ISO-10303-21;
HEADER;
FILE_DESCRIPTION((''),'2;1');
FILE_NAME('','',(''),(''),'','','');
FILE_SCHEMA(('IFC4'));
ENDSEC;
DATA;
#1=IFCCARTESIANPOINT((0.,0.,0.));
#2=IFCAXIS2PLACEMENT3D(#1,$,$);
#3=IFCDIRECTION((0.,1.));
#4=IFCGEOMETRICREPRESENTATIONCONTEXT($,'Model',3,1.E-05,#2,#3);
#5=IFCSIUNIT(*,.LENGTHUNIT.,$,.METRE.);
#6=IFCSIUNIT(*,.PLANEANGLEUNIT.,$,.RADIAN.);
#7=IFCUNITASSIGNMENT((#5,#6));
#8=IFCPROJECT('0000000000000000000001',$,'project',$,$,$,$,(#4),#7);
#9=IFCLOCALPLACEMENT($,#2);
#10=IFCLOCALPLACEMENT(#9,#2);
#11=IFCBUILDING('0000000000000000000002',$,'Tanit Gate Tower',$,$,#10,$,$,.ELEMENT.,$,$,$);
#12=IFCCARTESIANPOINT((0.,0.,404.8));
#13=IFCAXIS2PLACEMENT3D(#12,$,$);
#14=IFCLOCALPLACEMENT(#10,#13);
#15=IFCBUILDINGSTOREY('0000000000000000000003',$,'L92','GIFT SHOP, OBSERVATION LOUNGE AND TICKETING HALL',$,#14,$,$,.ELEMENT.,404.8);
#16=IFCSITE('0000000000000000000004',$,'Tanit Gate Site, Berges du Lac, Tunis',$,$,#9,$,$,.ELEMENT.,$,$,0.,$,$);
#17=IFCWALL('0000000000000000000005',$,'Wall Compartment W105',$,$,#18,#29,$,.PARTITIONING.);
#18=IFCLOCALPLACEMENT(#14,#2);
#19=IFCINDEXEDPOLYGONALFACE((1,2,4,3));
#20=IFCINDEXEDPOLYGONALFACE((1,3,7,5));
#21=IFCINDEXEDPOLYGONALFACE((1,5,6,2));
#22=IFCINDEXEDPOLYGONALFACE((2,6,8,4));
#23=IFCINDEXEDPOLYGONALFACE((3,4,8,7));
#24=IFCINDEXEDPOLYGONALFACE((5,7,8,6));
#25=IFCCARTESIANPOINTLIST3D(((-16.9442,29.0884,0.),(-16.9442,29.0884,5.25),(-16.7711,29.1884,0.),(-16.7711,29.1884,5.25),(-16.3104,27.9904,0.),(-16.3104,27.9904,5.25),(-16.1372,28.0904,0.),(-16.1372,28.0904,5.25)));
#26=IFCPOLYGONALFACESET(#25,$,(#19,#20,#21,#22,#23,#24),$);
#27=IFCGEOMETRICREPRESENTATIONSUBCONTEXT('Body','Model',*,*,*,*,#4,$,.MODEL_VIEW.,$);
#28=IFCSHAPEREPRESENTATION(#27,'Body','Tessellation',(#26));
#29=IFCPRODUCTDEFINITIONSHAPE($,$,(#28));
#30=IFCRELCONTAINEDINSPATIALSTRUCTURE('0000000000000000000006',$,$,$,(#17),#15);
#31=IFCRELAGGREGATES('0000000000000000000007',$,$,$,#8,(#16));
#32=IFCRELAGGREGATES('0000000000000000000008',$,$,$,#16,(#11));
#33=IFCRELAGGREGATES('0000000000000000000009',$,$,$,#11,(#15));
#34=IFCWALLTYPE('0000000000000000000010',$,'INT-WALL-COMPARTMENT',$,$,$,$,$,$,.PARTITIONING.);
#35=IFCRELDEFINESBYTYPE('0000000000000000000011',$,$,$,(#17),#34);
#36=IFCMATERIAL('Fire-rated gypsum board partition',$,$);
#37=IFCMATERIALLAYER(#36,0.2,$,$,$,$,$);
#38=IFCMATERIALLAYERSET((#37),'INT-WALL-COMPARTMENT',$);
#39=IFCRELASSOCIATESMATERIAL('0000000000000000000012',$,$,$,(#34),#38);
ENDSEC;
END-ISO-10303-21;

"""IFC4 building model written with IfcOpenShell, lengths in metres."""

from ifc_helpers import new_model, si_unit, direction, frame, frame_2d, origin, place, context, subcontext, project, spatial, rectangle, extrude, material, layer, layer_set, type_object, element, save


model = new_model("IFC4")

# Units and contexts
model_context = context("Model", 3, precision=1e-05, world=origin(), true_north=direction((0.0, 1.0)))
body_context = subcontext(model_context, "Body", "Model", "MODEL_VIEW")
ifc_project = project(units=[si_unit("LENGTHUNIT", "METRE"), si_unit("PLANEANGLEUNIT", "RADIAN")], contexts=[model_context])

# Site, building, storey
site_placement = place(None, origin())
site = spatial("IfcSite", under=ifc_project, at=site_placement, Name="Tanit Gate Site, Berges du Lac, Tunis", CompositionType="ELEMENT", RefElevation=0.0)
building_placement = place(site_placement, origin())
building = spatial("IfcBuilding", under=site, at=building_placement, Name="Tanit Gate Tower", CompositionType="ELEMENT")
storey_placement = place(building_placement, frame((0.0, 0.0, 404.8)))
storey = spatial("IfcBuildingStorey", under=building, at=storey_placement, Name="L92", Description="GIFT SHOP, OBSERVATION LOUNGE AND TICKETING HALL", CompositionType="ELEMENT", Elevation=404.8)

# Shared definitions
ifc_material_1 = material(Name="Fire-rated gypsum board partition")
ifc_layer_1 = layer(ifc_material_1, 0.2)
ifc_layer_set_1 = layer_set([ifc_layer_1], Name="INT-WALL-COMPARTMENT")
wall_type = type_object("IfcWallType", Name="INT-WALL-COMPARTMENT", PredefinedType="PARTITIONING", material=ifc_layer_set_1)

# Wall
wall_1_placement = place(storey_placement, frame((-16.2239, 28.0405, 0.0), z_axis=(0.0, 0.0, 1.0), x_axis=(-0.49995, 0.866054, 0.0)))
element("IfcWall", 1, at=wall_1_placement, inside=storey, type_object=wall_type, Name="Wall Compartment W105", PredefinedType="PARTITIONING", context=body_context, shape_type="SweptSolid", body=[
    extrude(rectangle(XDim=1.2678, YDim=0.2, at=frame_2d((0.6338, 0.0))), origin(), (0.0, 0.0, 1.0), 5.25),
])

save(model, "model.ifc")
